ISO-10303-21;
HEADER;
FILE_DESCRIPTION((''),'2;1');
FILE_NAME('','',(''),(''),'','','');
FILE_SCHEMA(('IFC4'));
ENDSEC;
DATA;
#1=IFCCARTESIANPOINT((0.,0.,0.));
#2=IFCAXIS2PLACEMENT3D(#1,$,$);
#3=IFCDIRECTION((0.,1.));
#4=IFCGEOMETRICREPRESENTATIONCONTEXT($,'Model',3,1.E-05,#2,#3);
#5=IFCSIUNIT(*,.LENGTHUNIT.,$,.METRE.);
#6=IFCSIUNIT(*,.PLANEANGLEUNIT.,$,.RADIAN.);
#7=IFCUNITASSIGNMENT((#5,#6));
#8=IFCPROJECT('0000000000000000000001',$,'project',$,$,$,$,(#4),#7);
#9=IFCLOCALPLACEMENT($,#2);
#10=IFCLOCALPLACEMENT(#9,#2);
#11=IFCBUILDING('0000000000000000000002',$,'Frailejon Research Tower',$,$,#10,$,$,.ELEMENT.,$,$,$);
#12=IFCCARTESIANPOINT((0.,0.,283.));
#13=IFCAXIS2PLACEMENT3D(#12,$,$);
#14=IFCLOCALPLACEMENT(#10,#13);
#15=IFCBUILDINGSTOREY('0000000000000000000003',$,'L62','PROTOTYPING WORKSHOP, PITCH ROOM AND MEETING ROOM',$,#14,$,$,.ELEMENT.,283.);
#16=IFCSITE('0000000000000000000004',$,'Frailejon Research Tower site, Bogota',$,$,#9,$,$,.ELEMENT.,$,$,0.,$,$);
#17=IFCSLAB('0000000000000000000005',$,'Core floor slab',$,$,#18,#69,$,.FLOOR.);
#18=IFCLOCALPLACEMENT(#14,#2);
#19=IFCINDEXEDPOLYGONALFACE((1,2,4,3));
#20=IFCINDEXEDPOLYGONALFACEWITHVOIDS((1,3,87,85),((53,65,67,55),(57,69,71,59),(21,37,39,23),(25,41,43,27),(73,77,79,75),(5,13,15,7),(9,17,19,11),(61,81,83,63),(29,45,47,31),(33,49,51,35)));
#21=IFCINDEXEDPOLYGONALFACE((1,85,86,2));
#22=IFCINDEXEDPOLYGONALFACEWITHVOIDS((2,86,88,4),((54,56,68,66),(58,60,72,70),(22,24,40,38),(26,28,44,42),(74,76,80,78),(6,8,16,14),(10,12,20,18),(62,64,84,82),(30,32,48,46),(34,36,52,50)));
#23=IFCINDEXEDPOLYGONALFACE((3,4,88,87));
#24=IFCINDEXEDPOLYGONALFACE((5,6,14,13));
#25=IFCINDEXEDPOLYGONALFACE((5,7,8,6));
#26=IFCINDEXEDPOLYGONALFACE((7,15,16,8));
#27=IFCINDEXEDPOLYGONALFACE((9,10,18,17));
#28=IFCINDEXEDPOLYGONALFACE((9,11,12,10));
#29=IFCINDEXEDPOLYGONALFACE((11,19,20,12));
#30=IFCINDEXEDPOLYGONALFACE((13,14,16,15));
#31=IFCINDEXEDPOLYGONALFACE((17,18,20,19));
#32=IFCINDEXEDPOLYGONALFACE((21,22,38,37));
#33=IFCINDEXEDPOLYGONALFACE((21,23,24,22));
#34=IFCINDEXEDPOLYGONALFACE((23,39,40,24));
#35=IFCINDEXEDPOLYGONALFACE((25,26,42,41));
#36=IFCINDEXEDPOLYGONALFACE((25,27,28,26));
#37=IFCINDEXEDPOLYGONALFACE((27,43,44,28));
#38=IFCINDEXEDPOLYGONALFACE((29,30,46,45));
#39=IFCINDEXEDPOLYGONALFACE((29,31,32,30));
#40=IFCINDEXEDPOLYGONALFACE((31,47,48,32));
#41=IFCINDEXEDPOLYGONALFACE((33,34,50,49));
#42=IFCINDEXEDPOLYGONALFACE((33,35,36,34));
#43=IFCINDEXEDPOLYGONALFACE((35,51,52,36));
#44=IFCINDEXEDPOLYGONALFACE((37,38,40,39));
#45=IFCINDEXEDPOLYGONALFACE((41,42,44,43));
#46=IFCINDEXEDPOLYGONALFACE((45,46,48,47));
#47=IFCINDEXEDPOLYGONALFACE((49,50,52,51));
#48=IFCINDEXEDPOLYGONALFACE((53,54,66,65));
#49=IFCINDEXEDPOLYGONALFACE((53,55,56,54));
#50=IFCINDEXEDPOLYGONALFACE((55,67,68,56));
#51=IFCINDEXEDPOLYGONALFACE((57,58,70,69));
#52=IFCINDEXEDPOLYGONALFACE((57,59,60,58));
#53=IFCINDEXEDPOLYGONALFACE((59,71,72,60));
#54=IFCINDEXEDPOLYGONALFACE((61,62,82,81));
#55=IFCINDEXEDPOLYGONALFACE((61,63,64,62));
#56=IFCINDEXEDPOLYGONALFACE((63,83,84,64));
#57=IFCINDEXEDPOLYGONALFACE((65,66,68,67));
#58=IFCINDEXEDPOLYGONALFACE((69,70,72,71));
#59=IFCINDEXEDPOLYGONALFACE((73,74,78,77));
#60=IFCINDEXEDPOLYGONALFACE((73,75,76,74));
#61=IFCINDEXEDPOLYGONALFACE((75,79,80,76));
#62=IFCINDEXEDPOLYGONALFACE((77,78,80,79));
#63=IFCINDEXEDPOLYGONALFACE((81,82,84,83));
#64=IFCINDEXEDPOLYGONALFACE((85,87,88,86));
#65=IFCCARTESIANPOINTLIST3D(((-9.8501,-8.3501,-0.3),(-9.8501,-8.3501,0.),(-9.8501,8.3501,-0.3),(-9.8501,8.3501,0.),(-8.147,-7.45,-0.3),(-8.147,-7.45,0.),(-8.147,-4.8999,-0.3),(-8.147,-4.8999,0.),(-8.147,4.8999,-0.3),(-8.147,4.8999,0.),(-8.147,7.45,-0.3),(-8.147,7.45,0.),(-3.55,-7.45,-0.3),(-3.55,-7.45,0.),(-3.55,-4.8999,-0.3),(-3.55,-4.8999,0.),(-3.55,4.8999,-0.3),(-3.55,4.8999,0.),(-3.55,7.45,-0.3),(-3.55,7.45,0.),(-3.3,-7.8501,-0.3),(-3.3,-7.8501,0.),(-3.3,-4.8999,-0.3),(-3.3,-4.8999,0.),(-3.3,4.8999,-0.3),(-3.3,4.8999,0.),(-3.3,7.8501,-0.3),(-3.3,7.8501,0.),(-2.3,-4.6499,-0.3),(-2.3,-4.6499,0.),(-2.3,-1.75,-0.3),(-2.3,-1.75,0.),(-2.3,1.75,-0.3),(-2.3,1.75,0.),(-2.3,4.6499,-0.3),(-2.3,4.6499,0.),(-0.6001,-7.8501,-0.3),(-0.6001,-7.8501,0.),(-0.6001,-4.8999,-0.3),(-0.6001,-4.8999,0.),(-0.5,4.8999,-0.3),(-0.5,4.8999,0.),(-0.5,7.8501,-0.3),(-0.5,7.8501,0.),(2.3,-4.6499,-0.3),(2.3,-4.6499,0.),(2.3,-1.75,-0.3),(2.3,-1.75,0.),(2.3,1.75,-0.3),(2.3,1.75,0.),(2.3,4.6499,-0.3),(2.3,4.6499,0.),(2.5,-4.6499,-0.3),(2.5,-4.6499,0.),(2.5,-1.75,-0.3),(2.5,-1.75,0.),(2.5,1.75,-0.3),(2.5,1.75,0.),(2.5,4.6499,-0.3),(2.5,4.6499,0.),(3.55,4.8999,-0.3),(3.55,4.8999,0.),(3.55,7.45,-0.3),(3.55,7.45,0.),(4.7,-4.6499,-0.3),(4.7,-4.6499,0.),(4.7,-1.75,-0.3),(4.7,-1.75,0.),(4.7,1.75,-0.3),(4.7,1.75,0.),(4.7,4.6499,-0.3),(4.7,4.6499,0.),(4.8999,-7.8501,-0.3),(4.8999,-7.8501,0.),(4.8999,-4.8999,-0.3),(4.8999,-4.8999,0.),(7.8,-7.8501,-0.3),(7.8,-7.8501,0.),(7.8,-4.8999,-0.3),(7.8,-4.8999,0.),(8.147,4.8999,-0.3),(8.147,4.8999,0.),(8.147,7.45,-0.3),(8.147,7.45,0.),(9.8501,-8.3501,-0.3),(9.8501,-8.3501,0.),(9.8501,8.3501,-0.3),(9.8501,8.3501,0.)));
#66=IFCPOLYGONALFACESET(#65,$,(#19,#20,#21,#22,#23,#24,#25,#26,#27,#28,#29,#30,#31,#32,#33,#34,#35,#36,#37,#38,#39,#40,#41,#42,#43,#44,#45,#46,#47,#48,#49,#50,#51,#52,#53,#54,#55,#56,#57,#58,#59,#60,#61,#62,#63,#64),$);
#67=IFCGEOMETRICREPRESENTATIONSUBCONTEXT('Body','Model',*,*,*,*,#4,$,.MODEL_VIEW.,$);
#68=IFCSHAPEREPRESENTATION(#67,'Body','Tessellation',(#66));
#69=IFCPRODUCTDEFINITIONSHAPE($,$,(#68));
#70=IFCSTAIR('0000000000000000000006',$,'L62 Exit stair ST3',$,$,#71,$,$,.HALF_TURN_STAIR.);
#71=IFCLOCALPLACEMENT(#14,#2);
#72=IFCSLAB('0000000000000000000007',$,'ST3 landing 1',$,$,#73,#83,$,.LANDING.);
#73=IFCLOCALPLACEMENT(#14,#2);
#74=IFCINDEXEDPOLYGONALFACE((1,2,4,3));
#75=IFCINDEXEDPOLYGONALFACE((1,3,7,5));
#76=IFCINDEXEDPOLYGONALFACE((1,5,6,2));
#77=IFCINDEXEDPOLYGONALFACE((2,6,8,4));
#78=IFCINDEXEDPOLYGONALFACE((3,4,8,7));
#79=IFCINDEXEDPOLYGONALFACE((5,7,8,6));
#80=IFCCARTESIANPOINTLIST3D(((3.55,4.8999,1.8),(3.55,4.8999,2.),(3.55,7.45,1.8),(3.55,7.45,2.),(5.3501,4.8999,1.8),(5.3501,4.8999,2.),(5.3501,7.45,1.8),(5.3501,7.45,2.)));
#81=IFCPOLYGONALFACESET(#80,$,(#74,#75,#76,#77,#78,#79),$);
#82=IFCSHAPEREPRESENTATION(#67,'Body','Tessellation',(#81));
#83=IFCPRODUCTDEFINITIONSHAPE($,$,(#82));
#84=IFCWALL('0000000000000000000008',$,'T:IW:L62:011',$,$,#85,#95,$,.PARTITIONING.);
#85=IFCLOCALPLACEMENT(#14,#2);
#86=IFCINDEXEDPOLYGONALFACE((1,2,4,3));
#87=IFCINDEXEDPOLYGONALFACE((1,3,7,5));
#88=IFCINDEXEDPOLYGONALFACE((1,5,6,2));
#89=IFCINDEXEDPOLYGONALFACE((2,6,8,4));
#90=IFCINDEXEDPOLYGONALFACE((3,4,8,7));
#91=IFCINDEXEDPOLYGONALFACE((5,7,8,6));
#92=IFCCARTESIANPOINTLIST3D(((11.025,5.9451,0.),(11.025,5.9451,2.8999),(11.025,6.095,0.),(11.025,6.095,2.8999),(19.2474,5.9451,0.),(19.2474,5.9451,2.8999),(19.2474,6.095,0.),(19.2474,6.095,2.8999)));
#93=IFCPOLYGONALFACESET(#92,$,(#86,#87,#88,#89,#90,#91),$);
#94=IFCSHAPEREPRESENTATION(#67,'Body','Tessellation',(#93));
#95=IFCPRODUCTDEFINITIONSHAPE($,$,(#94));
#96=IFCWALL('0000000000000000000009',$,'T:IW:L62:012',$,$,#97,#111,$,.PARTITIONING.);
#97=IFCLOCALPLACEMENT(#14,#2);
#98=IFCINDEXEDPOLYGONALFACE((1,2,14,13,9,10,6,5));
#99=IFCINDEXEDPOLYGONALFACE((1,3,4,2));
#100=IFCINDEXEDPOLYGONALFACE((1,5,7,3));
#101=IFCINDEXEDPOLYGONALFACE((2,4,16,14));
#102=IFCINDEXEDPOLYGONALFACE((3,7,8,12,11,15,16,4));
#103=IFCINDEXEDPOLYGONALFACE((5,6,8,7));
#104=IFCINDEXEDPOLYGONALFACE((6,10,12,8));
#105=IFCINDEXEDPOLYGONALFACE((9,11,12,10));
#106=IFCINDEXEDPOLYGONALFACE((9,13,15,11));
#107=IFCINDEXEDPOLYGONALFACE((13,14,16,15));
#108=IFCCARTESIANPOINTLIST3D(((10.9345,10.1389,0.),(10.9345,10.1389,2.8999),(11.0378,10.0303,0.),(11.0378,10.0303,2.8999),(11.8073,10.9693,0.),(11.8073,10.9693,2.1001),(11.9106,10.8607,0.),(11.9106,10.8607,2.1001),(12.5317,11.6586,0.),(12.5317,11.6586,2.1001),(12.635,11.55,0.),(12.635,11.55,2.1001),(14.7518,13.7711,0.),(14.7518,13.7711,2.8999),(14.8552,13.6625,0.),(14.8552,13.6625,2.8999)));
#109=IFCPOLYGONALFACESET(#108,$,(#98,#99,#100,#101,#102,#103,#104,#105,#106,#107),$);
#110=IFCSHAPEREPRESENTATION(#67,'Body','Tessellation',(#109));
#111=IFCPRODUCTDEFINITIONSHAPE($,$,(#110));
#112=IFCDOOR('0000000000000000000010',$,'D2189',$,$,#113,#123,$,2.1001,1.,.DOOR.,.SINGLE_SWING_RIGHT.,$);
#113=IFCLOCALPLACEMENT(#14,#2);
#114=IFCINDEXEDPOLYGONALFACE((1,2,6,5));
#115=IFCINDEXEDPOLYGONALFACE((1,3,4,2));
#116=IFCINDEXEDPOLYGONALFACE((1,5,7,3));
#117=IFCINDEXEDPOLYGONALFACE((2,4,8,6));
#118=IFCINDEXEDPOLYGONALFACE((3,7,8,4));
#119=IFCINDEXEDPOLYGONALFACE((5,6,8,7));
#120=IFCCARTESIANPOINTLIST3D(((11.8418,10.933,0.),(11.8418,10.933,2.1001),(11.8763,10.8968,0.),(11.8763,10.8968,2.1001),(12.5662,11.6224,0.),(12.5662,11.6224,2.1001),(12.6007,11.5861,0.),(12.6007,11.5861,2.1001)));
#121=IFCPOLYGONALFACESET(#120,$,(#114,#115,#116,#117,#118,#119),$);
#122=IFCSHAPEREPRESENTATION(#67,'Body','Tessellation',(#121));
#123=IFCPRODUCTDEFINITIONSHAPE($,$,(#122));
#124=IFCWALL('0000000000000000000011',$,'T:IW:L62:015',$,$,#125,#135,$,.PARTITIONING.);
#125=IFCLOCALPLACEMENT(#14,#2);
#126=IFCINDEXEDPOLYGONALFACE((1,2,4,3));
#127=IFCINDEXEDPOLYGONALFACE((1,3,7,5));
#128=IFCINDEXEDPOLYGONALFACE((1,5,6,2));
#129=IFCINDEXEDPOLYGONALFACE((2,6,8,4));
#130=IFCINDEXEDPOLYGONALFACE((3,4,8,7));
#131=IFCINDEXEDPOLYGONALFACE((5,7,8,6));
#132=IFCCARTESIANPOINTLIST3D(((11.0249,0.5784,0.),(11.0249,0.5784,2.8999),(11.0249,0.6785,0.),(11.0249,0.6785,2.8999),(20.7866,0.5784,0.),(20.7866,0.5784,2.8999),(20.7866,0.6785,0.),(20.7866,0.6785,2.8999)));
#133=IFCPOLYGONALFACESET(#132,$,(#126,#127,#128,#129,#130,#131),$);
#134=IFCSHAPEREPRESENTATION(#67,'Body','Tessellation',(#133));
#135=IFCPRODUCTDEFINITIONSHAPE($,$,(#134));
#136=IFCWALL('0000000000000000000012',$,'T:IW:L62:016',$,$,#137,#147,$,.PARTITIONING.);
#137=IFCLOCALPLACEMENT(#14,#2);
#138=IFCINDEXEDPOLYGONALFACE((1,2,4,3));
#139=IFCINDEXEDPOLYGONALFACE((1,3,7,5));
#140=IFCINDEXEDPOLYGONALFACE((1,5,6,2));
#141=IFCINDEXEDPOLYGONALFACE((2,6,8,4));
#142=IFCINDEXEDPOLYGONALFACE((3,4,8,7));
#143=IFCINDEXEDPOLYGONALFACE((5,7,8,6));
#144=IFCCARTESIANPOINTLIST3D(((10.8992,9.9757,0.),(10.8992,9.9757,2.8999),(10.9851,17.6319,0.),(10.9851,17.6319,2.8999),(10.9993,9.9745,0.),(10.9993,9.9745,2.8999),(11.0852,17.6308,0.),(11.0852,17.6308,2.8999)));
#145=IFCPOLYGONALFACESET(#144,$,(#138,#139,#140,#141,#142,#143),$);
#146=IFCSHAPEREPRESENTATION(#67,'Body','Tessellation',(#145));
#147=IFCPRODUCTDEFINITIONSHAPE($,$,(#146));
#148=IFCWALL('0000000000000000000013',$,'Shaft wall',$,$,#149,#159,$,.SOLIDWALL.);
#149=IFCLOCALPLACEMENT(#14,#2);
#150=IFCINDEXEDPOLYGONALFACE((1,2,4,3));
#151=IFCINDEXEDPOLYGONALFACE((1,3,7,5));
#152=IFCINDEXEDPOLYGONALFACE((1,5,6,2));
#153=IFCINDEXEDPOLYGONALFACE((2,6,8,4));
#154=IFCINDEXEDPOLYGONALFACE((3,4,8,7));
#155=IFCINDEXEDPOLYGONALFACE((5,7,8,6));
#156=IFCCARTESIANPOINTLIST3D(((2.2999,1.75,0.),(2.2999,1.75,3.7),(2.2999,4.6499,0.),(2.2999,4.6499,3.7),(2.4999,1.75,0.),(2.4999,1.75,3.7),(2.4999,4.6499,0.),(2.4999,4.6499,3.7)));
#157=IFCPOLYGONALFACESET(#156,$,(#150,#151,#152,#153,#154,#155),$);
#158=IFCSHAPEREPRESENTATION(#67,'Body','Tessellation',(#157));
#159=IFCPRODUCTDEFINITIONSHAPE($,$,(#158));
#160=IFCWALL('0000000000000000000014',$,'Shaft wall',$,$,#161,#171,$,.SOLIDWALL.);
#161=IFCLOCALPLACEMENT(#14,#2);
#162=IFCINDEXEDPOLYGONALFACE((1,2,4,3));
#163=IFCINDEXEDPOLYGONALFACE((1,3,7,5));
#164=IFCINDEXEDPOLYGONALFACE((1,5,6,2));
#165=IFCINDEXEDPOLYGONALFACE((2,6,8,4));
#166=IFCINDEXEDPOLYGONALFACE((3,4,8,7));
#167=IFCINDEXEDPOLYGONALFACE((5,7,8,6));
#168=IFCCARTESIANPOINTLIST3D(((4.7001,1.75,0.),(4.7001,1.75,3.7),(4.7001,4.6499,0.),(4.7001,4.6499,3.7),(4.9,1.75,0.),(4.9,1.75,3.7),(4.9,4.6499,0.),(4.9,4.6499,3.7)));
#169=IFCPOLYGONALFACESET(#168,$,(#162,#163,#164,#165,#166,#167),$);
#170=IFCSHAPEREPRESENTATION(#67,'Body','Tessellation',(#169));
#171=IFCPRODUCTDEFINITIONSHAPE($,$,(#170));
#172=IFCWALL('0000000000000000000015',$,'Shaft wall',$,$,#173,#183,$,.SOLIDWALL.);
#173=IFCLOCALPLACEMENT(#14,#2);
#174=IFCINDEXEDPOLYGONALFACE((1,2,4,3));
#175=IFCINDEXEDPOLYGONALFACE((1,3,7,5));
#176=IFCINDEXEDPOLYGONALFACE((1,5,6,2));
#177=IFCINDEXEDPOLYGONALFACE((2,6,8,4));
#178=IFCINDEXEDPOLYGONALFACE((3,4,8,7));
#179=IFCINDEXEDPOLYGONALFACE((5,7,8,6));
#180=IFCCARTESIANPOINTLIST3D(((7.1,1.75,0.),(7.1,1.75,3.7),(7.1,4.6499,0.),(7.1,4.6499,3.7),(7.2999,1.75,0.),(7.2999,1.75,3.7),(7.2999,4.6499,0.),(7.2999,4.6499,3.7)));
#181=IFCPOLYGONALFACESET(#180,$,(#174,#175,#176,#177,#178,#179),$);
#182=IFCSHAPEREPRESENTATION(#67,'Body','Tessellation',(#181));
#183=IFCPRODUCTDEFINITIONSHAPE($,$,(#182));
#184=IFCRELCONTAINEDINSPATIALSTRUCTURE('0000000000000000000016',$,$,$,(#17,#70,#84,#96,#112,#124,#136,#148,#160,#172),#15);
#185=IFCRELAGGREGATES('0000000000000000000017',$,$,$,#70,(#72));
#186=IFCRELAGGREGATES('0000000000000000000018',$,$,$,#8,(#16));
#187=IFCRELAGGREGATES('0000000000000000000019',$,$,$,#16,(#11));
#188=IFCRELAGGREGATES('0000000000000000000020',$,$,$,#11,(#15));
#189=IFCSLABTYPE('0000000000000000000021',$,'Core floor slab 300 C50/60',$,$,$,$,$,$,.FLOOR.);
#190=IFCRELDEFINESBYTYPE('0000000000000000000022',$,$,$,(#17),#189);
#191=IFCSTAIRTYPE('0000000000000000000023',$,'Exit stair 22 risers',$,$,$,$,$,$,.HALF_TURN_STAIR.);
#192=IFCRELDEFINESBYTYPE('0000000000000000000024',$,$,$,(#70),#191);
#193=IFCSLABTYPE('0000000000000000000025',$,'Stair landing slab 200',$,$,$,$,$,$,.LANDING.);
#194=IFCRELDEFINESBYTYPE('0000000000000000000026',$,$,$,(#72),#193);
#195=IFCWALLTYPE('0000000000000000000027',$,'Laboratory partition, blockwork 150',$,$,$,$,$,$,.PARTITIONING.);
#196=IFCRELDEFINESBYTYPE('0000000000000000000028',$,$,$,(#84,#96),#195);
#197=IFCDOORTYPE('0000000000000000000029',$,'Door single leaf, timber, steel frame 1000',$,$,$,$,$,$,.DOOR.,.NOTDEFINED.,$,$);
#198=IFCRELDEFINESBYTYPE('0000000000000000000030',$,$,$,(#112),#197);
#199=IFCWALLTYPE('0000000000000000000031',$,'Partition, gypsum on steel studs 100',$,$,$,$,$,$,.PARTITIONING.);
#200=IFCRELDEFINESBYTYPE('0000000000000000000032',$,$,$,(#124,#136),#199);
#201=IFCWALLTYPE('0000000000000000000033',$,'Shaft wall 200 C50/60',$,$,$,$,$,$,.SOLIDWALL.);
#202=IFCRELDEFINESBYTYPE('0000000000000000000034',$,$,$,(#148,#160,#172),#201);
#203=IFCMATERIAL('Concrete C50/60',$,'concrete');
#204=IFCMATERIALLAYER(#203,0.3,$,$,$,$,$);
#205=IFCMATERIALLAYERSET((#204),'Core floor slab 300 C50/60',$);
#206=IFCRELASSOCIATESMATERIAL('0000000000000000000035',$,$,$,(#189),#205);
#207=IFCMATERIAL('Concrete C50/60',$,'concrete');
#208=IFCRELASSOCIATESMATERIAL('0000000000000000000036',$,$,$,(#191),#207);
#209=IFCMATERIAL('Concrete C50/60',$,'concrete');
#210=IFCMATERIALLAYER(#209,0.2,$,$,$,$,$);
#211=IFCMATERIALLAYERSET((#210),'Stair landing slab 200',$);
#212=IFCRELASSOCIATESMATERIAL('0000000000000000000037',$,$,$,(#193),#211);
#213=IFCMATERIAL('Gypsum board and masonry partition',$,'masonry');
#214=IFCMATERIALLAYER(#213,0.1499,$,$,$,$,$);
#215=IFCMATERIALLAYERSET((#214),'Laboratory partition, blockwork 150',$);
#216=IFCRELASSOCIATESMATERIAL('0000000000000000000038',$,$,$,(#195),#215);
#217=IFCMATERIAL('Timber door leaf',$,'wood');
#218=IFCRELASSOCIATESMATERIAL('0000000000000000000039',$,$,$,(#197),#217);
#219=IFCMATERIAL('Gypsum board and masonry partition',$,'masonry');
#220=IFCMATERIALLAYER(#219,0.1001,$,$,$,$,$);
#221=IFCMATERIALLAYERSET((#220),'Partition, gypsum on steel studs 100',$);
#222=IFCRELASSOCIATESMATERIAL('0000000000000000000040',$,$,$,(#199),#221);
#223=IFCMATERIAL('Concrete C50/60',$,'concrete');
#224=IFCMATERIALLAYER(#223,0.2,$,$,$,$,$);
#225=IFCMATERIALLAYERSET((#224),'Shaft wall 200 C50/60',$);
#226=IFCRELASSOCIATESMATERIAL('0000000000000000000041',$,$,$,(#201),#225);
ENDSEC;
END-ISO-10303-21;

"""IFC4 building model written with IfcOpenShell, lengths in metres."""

from ifc_helpers import new_model, si_unit, direction, frame, frame_2d, origin, place, context, subcontext, project, spatial, polyline, rectangle, outline, extrude, material, layer, layer_set, type_object, element, fill, aggregate, save


model = new_model("IFC4")

# Units and contexts
model_context = context("Model", 3, precision=1e-05, world=origin(), true_north=direction((0.0, 1.0)))
body_context = subcontext(model_context, "Body", "Model", "MODEL_VIEW")
ifc_project = project(units=[si_unit("LENGTHUNIT", "METRE"), si_unit("PLANEANGLEUNIT", "RADIAN")], contexts=[model_context])

# Site, building, storey
site_placement = place(None, origin())
site = spatial("IfcSite", under=ifc_project, at=site_placement, Name="Frailejon Research Tower site, Bogota", CompositionType="ELEMENT", RefElevation=0.0)
building_placement = place(site_placement, origin())
building = spatial("IfcBuilding", under=site, at=building_placement, Name="Frailejon Research Tower", CompositionType="ELEMENT")
storey_placement = place(building_placement, frame((0.0, 0.0, 283.0)))
storey = spatial("IfcBuildingStorey", under=building, at=storey_placement, Name="L62", Description="PROTOTYPING WORKSHOP, PITCH ROOM AND MEETING ROOM", CompositionType="ELEMENT", Elevation=283.0)

# Slab
ifc_material_1 = material(Name="Concrete C50/60", Category="concrete")
ifc_layer_1 = layer(ifc_material_1, 0.3)
ifc_layer_set_1 = layer_set([ifc_layer_1], Name="Core floor slab 300 C50/60")
slab_type_1 = type_object("IfcSlabType", Name="Core floor slab 300 C50/60", PredefinedType="FLOOR", material=ifc_layer_set_1)
slab_1_placement = place(storey_placement, frame((0.0, 0.0, -0.3)))
element("IfcSlab", 1, at=slab_1_placement, inside=storey, type_object=slab_type_1, Name="Core floor slab", PredefinedType="FLOOR", context=body_context, shape_type="SweptSolid", body=[
    extrude(outline(polyline([(9.8501, -8.3501), (9.8501, 8.3501), (-9.8501, 8.3501), (-9.8501, -8.3501), (9.8501, -8.3501)]), holes=[polyline([(2.3, 1.75), (2.3, 4.6499), (-2.3, 4.6499), (-2.3, 1.75), (2.3, 1.75)]), polyline([(4.7, 1.75), (4.7, 4.6499), (2.5, 4.6499), (2.5, 1.75), (4.7, 1.75)]), polyline([(2.3, -4.6499), (2.3, -1.75), (-2.3, -1.75), (-2.3, -4.6499), (2.3, -4.6499)]), polyline([(4.7, -4.6499), (4.7, -1.75), (2.5, -1.75), (2.5, -4.6499), (4.7, -4.6499)]), polyline([(-8.147, 4.8999), (-3.55, 4.8999), (-3.55, 7.45), (-8.147, 7.45), (-8.147, 4.8999)]), polyline([(-8.147, -7.45), (-3.55, -7.45), (-3.55, -4.8999), (-8.147, -4.8999), (-8.147, -7.45)]), polyline([(8.147, 7.45), (3.55, 7.45), (3.55, 4.8999), (8.147, 4.8999), (8.147, 7.45)]), polyline([(-0.6001, -7.8501), (-0.6001, -4.8999), (-3.3, -4.8999), (-3.3, -7.8501), (-0.6001, -7.8501)]), polyline([(7.8, -7.8501), (7.8, -4.8999), (4.8999, -4.8999), (4.8999, -7.8501), (7.8, -7.8501)]), polyline([(-0.5, 4.8999), (-0.5, 7.8501), (-3.3, 7.8501), (-3.3, 4.8999), (-0.5, 4.8999)])]), origin(), (0.0, 0.0, 1.0), 0.3),
])

# Stair, slab
ifc_material_2 = material(Name="Concrete C50/60", Category="concrete")
stair_type = type_object("IfcStairType", Name="Exit stair 22 risers", PredefinedType="HALF_TURN_STAIR", material=ifc_material_2)
stair_placement = place(storey_placement, origin())
stair = element("IfcStair", 2, at=stair_placement, inside=storey, type_object=stair_type, Name="L62 Exit stair ST3", PredefinedType="HALF_TURN_STAIR")
ifc_material_3 = material(Name="Concrete C50/60", Category="concrete")
ifc_layer_2 = layer(ifc_material_3, 0.2)
ifc_layer_set_2 = layer_set([ifc_layer_2], Name="Stair landing slab 200")
slab_type_2 = type_object("IfcSlabType", Name="Stair landing slab 200", PredefinedType="LANDING", material=ifc_layer_set_2)
slab_2_placement = place(storey_placement, frame((0.0, 0.0, 1.8)))
slab_2 = element("IfcSlab", 3, at=slab_2_placement, type_object=slab_type_2, Name="ST3 landing 1", PredefinedType="LANDING", context=body_context, shape_type="SweptSolid", body=[
    extrude(outline(polyline([(5.3501, 7.45), (3.55, 7.45), (3.55, 4.8999), (5.3501, 4.8999), (5.3501, 7.45)])), origin(), (0.0, 0.0, 1.0), 0.2),
])

# Wall
ifc_material_4 = material(Name="Gypsum board and masonry partition", Category="masonry")
ifc_layer_3 = layer(ifc_material_4, 0.1499)
ifc_layer_set_3 = layer_set([ifc_layer_3], Name="Laboratory partition, blockwork 150")
wall_type_1 = type_object("IfcWallType", Name="Laboratory partition, blockwork 150", PredefinedType="PARTITIONING", material=ifc_layer_set_3)
wall_1_placement = place(storey_placement, frame((11.0249, 6.02, 0.0), z_axis=(0.0, 0.0, 1.0), x_axis=(1.0, 0.0, 0.0)))
element("IfcWall", 4, at=wall_1_placement, inside=storey, type_object=wall_type_1, Name="T:IW:L62:011", PredefinedType="PARTITIONING", context=body_context, shape_type="SweptSolid", body=[
    extrude(rectangle(XDim=8.2224, YDim=0.1499, at=frame_2d((4.1113, 0.0))), origin(), (0.0, 0.0, 1.0), 2.8999),
])

# Wall, opening, door
wall_2_placement = place(storey_placement, frame((10.9861, 10.0845, 0.0), z_axis=(0.0, 0.0, 1.0), x_axis=(0.724449, 0.689329, 0.0)))
wall_2 = element("IfcWall", 5, at=wall_2_placement, inside=storey, type_object=wall_type_1, Name="T:IW:L62:012", PredefinedType="PARTITIONING", context=body_context, shape_type="SweptSolid", body=[
    extrude(rectangle(XDim=5.2693, YDim=0.1499, at=frame_2d((2.6348, 0.0))), origin(), (0.0, 0.0, 1.0), 2.8999),
])
opening_1_placement = place(wall_2_placement, frame((1.2048, 0.0, 0.0)))
opening_1 = element("IfcOpeningElement", 6, at=opening_1_placement, cuts=wall_2, PredefinedType="OPENING", context=body_context, shape_type="SweptSolid", body=[
    extrude(rectangle(XDim=1.0, YDim=2.1001, at=frame_2d((0.5, 1.05))), frame((0.0, 0.085, 0.0), z_axis=(0.0, -1.0, 0.0), x_axis=(1.0, 0.0, 0.0)), (0.0, 0.0, 1.0), 0.1699),
])
ifc_material_5 = material(Name="Timber door leaf", Category="wood")
door_type_1 = type_object("IfcDoorType", Name="Door single leaf, timber, steel frame 1000", OperationType="NOTDEFINED", PredefinedType="DOOR", material=ifc_material_5)
door_1_placement = place(opening_1_placement, origin())
door_1 = element("IfcDoor", 7, at=door_1_placement, inside=storey, type_object=door_type_1, Name="D2189", OperationType="SINGLE_SWING_RIGHT", OverallHeight=2.1001, OverallWidth=1.0, PredefinedType="DOOR", context=body_context, shape_type="SweptSolid", body=[
    extrude(rectangle(XDim=1.0, YDim=2.1001, at=frame_2d((0.5, 1.05))), frame((0.0, 0.0249, 0.0), z_axis=(0.0, -1.0, 0.0), x_axis=(1.0, 0.0, 0.0)), (0.0, 0.0, 1.0), 0.05),
])
fill(opening_1, door_1)

# Walls
ifc_material_6 = material(Name="Gypsum board and masonry partition", Category="masonry")
ifc_layer_4 = layer(ifc_material_6, 0.1001)
ifc_layer_set_4 = layer_set([ifc_layer_4], Name="Partition, gypsum on steel studs 100")
wall_type_2 = type_object("IfcWallType", Name="Partition, gypsum on steel studs 100", PredefinedType="PARTITIONING", material=ifc_layer_set_4)
wall_3_placement = place(storey_placement, frame((11.0249, 0.6284, 0.0), z_axis=(0.0, 0.0, 1.0), x_axis=(1.0, 0.0, 0.0)))
element("IfcWall", 8, at=wall_3_placement, inside=storey, type_object=wall_type_2, Name="T:IW:L62:015", PredefinedType="PARTITIONING", context=body_context, shape_type="SweptSolid", body=[
    extrude(rectangle(XDim=9.7617, YDim=0.1001, at=frame_2d((4.8809, 0.0))), origin(), (0.0, 0.0, 1.0), 2.8999),
])
wall_4_placement = place(storey_placement, frame((10.9492, 9.9751, 0.0), z_axis=(0.0, 0.0, 1.0), x_axis=(0.011224, 0.999937, 0.0)))
element("IfcWall", 9, at=wall_4_placement, inside=storey, type_object=wall_type_2, Name="T:IW:L62:016", PredefinedType="PARTITIONING", context=body_context, shape_type="SweptSolid", body=[
    extrude(rectangle(XDim=7.6567, YDim=0.1001, at=frame_2d((3.8284, 0.0))), origin(), (0.0, 0.0, 1.0), 2.8999),
])
ifc_material_7 = material(Name="Concrete C50/60", Category="concrete")
ifc_layer_5 = layer(ifc_material_7, 0.2)
ifc_layer_set_5 = layer_set([ifc_layer_5], Name="Shaft wall 200 C50/60")
wall_type_3 = type_object("IfcWallType", Name="Shaft wall 200 C50/60", PredefinedType="SOLIDWALL", material=ifc_layer_set_5)
for number, where, z_axis, x_axis, name in (
    (10, (2.3999, 1.75, 0.0), (0.0, 0.0, 1.0), (0.0, 1.0, 0.0), "Shaft wall"),
    (11, (4.8, 1.75, 0.0), (0.0, 0.0, 1.0), (0.0, 1.0, 0.0), "Shaft wall"),
    (12, (7.2, 1.75, 0.0), (0.0, 0.0, 1.0), (0.0, 1.0, 0.0), "Shaft wall"),
):
    element("IfcWall", number, at=place(storey_placement, frame(where, z_axis=z_axis, x_axis=x_axis)), inside=storey, type_object=wall_type_3, Name=name, PredefinedType="SOLIDWALL", context=body_context, shape_type="SweptSolid", body=[
        extrude(rectangle(XDim=2.8999, YDim=0.2, at=frame_2d((1.45, 0.0))), origin(), (0.0, 0.0, 1.0), 3.7),
    ])

aggregate(stair, [slab_2])

save(model, "model.ifc")
